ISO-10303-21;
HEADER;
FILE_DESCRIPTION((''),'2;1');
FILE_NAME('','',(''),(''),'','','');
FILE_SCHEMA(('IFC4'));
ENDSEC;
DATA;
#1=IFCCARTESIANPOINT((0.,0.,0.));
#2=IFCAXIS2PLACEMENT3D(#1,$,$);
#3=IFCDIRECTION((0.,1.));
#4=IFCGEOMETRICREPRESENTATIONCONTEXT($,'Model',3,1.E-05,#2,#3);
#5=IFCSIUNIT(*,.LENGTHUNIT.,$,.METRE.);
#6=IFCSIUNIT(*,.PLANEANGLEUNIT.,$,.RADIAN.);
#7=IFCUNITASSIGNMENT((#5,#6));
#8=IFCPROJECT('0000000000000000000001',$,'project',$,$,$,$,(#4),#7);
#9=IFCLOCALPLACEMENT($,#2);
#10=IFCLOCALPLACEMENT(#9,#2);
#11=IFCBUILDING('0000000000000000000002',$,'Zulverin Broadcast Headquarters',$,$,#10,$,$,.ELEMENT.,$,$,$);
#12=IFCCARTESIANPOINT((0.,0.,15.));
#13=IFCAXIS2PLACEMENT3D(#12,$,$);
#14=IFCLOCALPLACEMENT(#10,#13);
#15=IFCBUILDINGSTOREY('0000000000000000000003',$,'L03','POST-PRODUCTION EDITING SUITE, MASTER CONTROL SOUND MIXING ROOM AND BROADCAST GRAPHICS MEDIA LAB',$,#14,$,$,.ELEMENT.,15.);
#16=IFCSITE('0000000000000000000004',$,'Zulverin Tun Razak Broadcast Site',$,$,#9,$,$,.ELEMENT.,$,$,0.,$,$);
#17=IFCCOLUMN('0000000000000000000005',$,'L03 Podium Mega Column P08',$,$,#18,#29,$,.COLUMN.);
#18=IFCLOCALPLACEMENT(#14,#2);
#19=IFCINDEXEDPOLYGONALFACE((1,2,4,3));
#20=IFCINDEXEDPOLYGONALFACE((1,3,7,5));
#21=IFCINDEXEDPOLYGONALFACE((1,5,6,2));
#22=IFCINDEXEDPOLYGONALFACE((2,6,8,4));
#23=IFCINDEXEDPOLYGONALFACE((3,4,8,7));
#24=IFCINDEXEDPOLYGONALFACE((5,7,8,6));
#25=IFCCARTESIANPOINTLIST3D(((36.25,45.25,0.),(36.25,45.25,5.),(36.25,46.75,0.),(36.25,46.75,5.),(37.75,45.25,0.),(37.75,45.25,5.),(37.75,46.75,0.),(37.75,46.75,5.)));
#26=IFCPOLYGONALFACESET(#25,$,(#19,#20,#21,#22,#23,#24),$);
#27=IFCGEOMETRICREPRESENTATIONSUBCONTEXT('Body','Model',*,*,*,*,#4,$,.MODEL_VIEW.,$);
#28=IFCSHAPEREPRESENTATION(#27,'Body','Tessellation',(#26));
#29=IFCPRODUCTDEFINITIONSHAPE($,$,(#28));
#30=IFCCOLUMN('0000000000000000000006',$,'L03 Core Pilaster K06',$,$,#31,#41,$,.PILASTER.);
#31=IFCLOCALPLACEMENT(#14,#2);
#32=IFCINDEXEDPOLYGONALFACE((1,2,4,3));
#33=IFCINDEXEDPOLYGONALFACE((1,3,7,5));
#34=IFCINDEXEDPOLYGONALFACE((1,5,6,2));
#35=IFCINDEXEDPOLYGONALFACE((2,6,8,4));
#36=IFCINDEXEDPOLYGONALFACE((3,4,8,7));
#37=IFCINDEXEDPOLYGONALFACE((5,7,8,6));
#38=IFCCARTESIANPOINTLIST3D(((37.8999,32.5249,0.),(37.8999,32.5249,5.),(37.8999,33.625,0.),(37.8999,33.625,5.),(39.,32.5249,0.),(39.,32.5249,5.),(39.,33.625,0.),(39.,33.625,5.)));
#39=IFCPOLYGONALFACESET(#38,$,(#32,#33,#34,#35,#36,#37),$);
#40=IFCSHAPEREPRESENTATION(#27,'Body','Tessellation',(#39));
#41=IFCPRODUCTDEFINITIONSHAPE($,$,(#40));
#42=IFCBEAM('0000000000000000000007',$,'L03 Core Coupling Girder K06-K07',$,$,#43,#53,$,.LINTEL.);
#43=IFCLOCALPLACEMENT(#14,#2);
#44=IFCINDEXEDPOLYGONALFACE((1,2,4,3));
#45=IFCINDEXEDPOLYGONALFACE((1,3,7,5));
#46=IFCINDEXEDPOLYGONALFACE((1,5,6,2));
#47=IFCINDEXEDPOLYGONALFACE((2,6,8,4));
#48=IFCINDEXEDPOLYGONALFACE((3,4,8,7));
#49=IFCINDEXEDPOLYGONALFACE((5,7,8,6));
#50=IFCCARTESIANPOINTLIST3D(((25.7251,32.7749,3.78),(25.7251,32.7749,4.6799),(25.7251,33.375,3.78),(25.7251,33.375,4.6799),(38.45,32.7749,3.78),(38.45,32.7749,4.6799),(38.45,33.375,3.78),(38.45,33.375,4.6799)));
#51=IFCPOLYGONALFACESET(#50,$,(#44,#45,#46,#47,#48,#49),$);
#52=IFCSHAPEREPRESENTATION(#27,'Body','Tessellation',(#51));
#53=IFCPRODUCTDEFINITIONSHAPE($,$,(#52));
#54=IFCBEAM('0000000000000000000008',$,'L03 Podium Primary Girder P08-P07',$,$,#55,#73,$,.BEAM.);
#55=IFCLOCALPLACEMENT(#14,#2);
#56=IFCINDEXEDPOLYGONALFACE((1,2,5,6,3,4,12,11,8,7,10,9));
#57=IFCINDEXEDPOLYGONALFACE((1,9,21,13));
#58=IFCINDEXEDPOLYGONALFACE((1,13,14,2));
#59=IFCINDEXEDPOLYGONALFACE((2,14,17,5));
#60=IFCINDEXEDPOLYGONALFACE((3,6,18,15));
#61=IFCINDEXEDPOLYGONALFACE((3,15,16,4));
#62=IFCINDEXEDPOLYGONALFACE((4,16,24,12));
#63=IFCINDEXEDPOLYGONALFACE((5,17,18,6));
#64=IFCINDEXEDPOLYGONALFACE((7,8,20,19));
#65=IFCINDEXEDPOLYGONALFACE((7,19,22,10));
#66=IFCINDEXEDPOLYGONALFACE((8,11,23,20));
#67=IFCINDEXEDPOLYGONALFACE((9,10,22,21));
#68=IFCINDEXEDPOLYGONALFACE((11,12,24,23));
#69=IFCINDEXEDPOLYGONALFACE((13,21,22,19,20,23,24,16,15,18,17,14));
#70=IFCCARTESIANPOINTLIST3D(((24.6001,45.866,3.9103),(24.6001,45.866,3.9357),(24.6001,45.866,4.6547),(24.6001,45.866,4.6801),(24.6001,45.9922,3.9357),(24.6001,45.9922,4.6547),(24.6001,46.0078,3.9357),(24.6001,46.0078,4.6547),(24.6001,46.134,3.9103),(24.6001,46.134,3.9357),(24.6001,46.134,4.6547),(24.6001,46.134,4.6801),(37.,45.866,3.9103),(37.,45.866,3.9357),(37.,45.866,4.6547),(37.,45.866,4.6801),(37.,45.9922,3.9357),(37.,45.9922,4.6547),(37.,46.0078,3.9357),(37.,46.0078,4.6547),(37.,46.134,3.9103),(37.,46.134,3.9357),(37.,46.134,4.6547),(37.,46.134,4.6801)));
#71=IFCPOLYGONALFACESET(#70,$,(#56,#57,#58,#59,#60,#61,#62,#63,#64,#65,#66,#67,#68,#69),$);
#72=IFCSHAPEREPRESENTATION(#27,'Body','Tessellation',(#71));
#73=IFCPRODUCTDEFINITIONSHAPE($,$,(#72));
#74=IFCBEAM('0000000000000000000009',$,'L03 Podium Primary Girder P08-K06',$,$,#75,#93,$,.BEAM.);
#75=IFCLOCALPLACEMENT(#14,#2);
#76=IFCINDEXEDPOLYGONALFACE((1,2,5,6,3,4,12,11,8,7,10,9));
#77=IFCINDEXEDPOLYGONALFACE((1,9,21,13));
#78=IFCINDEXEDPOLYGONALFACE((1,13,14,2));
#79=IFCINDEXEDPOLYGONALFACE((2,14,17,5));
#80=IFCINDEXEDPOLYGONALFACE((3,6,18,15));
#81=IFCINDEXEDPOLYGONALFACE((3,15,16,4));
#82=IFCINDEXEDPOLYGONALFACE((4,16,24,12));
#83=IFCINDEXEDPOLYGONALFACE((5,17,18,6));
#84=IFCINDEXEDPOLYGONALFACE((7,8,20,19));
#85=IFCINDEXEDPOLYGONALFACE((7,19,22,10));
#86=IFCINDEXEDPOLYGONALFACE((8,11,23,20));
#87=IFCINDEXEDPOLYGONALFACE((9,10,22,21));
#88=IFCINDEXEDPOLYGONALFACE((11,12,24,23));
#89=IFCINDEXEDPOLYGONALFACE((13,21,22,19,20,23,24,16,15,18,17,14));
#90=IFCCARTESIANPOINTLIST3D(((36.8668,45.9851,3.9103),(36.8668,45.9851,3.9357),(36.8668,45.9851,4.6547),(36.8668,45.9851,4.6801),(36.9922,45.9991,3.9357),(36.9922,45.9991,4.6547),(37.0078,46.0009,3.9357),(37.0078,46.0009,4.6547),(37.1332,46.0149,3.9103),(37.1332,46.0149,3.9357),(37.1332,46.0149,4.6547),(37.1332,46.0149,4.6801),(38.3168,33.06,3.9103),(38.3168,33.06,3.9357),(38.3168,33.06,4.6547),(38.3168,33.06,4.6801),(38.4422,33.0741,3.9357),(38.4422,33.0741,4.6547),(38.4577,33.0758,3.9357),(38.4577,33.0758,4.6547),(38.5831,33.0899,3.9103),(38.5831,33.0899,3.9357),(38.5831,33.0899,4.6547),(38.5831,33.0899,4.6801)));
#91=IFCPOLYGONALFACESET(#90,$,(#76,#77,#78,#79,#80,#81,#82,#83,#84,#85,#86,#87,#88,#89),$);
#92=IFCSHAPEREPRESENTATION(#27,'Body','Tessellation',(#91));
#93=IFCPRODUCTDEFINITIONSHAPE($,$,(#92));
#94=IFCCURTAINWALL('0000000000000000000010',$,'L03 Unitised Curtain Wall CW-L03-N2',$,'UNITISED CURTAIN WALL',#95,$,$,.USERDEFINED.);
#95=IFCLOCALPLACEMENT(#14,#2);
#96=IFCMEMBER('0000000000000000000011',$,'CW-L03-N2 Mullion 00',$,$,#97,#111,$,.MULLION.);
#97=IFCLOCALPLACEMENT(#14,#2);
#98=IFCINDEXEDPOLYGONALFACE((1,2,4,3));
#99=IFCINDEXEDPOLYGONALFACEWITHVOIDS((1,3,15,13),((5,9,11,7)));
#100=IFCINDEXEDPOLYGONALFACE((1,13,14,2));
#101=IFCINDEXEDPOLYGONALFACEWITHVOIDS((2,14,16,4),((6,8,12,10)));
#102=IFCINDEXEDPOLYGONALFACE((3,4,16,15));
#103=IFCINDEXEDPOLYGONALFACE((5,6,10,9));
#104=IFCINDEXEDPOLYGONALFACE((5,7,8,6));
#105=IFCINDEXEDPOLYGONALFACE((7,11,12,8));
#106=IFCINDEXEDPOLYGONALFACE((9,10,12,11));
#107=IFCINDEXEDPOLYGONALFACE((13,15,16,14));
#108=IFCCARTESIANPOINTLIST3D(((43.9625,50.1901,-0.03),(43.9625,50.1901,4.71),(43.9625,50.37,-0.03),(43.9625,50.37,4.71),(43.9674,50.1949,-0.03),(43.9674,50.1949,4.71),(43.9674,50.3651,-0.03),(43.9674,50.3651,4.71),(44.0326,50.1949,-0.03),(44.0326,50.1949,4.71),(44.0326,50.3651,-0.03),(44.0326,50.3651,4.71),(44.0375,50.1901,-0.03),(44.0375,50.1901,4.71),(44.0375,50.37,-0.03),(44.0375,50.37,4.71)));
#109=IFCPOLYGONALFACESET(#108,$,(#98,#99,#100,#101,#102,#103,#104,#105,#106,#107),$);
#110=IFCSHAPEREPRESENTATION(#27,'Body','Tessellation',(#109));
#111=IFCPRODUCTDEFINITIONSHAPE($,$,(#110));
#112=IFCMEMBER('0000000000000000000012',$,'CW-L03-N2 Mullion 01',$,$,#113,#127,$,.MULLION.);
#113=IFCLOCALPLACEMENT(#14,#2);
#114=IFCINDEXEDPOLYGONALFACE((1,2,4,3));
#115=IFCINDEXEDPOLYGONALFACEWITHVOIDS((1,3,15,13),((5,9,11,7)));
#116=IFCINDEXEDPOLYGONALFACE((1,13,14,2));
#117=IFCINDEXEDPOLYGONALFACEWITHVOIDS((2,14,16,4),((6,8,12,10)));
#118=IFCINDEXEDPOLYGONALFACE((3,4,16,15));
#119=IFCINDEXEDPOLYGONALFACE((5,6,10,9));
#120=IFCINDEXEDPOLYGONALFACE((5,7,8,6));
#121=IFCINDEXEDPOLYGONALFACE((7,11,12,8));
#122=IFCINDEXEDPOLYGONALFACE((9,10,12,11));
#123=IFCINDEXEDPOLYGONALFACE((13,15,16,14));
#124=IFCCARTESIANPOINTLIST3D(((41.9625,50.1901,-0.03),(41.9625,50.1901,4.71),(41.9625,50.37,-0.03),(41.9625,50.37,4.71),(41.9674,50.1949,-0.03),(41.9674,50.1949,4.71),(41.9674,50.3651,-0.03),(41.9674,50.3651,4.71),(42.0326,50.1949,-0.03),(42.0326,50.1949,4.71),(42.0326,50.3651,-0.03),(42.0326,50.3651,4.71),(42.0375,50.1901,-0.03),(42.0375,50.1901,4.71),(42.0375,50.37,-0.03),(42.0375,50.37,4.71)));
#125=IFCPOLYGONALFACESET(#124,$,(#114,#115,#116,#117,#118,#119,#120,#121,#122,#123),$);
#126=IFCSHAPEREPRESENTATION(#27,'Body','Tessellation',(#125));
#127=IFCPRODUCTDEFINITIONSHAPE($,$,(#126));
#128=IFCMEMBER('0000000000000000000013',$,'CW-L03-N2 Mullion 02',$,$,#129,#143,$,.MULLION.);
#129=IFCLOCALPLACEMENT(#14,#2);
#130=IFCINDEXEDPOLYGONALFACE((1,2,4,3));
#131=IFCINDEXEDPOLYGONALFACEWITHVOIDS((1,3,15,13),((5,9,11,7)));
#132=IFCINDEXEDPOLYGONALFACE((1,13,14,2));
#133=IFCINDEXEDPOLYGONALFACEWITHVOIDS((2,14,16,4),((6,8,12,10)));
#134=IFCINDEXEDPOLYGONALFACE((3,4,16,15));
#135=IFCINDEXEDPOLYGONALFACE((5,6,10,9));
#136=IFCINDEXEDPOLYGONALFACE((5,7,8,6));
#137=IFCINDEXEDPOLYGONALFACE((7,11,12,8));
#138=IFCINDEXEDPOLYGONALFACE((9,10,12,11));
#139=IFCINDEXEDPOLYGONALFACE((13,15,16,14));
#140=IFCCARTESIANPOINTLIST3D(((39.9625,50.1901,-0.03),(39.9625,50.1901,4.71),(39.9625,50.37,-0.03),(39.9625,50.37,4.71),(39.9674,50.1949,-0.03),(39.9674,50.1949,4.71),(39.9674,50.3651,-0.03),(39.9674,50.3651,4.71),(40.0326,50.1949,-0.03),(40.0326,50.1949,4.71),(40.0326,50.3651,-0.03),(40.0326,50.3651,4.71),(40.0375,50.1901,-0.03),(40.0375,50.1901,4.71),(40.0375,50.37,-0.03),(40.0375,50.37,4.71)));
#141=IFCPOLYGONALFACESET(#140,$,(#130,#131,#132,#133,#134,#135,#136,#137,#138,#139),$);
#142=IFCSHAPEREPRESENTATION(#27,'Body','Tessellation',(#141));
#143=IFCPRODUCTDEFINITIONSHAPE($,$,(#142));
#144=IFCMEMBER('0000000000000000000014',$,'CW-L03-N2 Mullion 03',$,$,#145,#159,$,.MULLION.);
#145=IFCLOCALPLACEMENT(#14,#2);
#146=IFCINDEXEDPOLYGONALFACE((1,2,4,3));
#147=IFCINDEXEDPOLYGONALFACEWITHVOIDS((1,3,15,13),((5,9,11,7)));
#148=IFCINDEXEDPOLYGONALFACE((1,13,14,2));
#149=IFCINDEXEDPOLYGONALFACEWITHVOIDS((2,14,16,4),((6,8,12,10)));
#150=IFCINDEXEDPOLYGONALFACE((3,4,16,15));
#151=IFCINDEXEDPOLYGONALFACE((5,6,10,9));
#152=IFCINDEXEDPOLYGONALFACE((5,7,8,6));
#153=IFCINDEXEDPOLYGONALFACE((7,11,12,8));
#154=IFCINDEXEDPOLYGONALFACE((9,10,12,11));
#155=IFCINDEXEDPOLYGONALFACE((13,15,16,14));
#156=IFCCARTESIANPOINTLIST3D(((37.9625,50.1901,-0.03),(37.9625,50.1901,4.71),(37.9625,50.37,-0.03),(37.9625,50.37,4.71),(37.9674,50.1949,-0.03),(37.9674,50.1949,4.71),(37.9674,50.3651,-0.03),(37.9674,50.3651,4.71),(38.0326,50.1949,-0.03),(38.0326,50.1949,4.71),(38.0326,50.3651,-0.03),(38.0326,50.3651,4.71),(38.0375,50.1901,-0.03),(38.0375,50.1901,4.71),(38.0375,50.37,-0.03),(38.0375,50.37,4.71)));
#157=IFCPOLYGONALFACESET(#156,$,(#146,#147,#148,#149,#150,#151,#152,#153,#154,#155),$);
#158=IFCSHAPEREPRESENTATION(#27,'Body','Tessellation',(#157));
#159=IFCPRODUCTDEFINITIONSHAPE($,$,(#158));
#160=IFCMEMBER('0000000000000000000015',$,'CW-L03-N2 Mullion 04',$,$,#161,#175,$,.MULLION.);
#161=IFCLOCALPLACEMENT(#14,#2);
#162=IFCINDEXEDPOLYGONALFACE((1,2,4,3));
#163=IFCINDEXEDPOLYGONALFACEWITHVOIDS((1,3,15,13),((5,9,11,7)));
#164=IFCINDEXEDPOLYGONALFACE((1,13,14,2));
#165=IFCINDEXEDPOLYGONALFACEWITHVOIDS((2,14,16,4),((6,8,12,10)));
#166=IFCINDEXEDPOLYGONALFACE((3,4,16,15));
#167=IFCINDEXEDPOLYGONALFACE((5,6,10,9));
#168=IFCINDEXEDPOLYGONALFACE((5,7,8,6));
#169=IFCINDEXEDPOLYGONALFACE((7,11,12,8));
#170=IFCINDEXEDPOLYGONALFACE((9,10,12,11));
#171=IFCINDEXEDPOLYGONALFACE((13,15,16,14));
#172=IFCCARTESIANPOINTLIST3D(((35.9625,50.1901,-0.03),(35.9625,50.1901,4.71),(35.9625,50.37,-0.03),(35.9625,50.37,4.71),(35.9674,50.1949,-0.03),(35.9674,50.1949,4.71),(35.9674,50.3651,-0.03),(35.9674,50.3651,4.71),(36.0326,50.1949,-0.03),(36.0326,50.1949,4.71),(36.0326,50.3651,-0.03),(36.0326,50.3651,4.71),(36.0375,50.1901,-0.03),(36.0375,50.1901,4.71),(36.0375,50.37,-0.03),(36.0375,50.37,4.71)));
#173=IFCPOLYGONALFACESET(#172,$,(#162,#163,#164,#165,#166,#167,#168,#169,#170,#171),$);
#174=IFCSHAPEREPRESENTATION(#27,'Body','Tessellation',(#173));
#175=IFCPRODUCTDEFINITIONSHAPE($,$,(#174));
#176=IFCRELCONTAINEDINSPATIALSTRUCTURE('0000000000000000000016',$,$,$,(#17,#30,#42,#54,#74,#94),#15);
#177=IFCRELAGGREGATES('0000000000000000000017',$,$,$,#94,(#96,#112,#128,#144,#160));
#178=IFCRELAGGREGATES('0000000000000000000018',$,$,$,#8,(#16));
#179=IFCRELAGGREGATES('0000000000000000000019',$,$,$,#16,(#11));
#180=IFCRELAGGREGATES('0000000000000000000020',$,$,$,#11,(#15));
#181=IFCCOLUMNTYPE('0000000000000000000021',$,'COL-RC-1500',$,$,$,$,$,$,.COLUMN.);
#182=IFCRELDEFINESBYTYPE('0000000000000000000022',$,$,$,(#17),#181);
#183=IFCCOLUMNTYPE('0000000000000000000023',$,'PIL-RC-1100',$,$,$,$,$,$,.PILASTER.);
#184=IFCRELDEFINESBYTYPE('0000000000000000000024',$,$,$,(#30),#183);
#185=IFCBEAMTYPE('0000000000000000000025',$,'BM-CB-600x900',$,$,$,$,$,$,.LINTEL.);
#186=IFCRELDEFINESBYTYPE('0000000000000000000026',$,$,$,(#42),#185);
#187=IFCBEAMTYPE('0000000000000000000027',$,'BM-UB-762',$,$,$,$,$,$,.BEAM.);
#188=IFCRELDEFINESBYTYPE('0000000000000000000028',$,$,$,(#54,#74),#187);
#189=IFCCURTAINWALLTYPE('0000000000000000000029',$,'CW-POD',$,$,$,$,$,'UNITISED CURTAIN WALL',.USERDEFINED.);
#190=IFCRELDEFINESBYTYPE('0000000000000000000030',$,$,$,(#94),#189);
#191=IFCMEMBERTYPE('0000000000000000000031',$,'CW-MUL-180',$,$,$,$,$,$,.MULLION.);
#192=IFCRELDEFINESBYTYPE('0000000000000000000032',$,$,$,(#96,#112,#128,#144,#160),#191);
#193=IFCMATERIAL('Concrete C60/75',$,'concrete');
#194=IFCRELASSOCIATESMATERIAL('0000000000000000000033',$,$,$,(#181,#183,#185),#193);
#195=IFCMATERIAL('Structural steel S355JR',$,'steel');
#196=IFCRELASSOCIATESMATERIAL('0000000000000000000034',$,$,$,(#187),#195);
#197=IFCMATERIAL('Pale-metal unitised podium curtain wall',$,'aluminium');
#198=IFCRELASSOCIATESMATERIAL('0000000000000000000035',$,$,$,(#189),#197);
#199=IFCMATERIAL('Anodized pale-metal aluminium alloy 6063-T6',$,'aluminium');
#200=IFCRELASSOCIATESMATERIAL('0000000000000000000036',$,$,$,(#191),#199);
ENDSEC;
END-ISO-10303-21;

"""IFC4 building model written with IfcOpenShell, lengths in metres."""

from ifc_helpers import new_model, si_unit, direction, frame, origin, origin_2d, place, context, subcontext, project, spatial, rectangle, hollow_rectangle, i_section, extrude, material, material_profile, profile_set, type_object, element, aggregate, save


model = new_model("IFC4")

# Units and contexts
model_context = context("Model", 3, precision=1e-05, world=origin(), true_north=direction((0.0, 1.0)))
body_context = subcontext(model_context, "Body", "Model", "MODEL_VIEW")
ifc_project = project(units=[si_unit("LENGTHUNIT", "METRE"), si_unit("PLANEANGLEUNIT", "RADIAN")], contexts=[model_context])

# Site, building, storey
site_placement = place(None, origin())
site = spatial("IfcSite", under=ifc_project, at=site_placement, Name="Zulverin Tun Razak Broadcast Site", CompositionType="ELEMENT", RefElevation=0.0)
building_placement = place(site_placement, origin())
building = spatial("IfcBuilding", under=site, at=building_placement, Name="Zulverin Broadcast Headquarters", CompositionType="ELEMENT")
storey_placement = place(building_placement, frame((0.0, 0.0, 15.0)))
storey = spatial("IfcBuildingStorey", under=building, at=storey_placement, Name="L03", Description="POST-PRODUCTION EDITING SUITE, MASTER CONTROL SOUND MIXING ROOM AND BROADCAST GRAPHICS MEDIA LAB", CompositionType="ELEMENT", Elevation=15.0)

# Columns
ifc_material_1 = material(Name="Concrete C60/75", Category="concrete")
ifc_material_profile_1 = material_profile(ifc_material_1, rectangle(XDim=1.5, YDim=1.5, at=origin_2d()), Name="Concrete C60/75", Category="concrete")
ifc_profile_set_1 = profile_set([ifc_material_profile_1], Name="Concrete C60/75")
column_type_1 = type_object("IfcColumnType", Name="COL-RC-1500", PredefinedType="COLUMN", material=ifc_profile_set_1)
column_1_placement = place(storey_placement, frame((37.0, 46.0, 0.0), z_axis=(0.0, 0.0, 1.0), x_axis=(1.0, 0.0, 0.0)))
element("IfcColumn", 1, at=column_1_placement, inside=storey, type_object=column_type_1, Name="L03 Podium Mega Column P08", PredefinedType="COLUMN", context=body_context, shape_type="SweptSolid", body=[
    extrude(rectangle(XDim=1.5, YDim=1.5, at=origin_2d()), origin(), (0.0, 0.0, 1.0), 5.0),
])
ifc_material_profile_2 = material_profile(ifc_material_1, rectangle(XDim=1.1001, YDim=1.1001, at=origin_2d()), Name="Concrete C60/75", Category="concrete")
ifc_profile_set_2 = profile_set([ifc_material_profile_2], Name="Concrete C60/75")
column_type_2 = type_object("IfcColumnType", Name="PIL-RC-1100", PredefinedType="PILASTER", material=ifc_profile_set_2)
column_2_placement = place(storey_placement, frame((38.45, 33.075, 0.0), z_axis=(0.0, 0.0, 1.0), x_axis=(1.0, 0.0, 0.0)))
element("IfcColumn", 2, at=column_2_placement, inside=storey, type_object=column_type_2, Name="L03 Core Pilaster K06", PredefinedType="PILASTER", context=body_context, shape_type="SweptSolid", body=[
    extrude(rectangle(XDim=1.1001, YDim=1.1001, at=origin_2d()), origin(), (0.0, 0.0, 1.0), 5.0),
])

# Beams
ifc_material_profile_3 = material_profile(ifc_material_1, rectangle(XDim=0.6001, YDim=0.8999, at=origin_2d()), Name="Concrete C60/75", Category="concrete")
ifc_profile_set_3 = profile_set([ifc_material_profile_3], Name="Concrete C60/75")
beam_type_1 = type_object("IfcBeamType", Name="BM-CB-600x900", PredefinedType="LINTEL", material=ifc_profile_set_3)
beam_1_placement = place(storey_placement, frame((38.45, 33.075, 4.23), z_axis=(-1.0, 0.0, 0.0), x_axis=(0.0, -1.0, 0.0)))
element("IfcBeam", 3, at=beam_1_placement, inside=storey, type_object=beam_type_1, Name="L03 Core Coupling Girder K06-K07", PredefinedType="LINTEL", context=body_context, shape_type="SweptSolid", body=[
    extrude(rectangle(XDim=0.6001, YDim=0.8999, at=origin_2d()), origin(), (0.0, 0.0, 1.0), 12.7249),
])
ifc_material_2 = material(Name="Structural steel S355JR", Category="steel")
ifc_material_profile_4 = material_profile(ifc_material_2, i_section(OverallWidth=0.2681, OverallDepth=0.7698, WebThickness=0.0156, FlangeThickness=0.0254, at=origin_2d()), Name="Structural steel S355JR", Category="steel")
ifc_profile_set_4 = profile_set([ifc_material_profile_4], Name="Structural steel S355JR")
beam_type_2 = type_object("IfcBeamType", Name="BM-UB-762", PredefinedType="BEAM", material=ifc_profile_set_4)
beam_2_placement = place(storey_placement, frame((37.0, 46.0, 4.2952), z_axis=(-1.0, 0.0, 0.0), x_axis=(0.0, -1.0, 0.0)))
element("IfcBeam", 4, at=beam_2_placement, inside=storey, type_object=beam_type_2, Name="L03 Podium Primary Girder P08-P07", PredefinedType="BEAM", context=body_context, shape_type="SweptSolid", body=[
    extrude(i_section(OverallWidth=0.2681, OverallDepth=0.7698, WebThickness=0.0156, FlangeThickness=0.0254, at=origin_2d()), origin(), (0.0, 0.0, 1.0), 12.3999),
])
beam_3_placement = place(storey_placement, frame((37.0, 46.0, 4.2952), z_axis=(0.111482, -0.993766, 0.0), x_axis=(0.993766, 0.111482, 0.0)))
element("IfcBeam", 5, at=beam_3_placement, inside=storey, type_object=beam_type_2, Name="L03 Podium Primary Girder P08-K06", PredefinedType="BEAM", context=body_context, shape_type="SweptSolid", body=[
    extrude(i_section(OverallWidth=0.2681, OverallDepth=0.7698, WebThickness=0.0156, FlangeThickness=0.0254, at=origin_2d()), origin(), (0.0, 0.0, 1.0), 13.0061),
])

# Curtain wall, members
ifc_material_3 = material(Name="Pale-metal unitised podium curtain wall", Category="aluminium")
curtain_wall_type = type_object("IfcCurtainWallType", Name="CW-POD", ElementType="UNITISED CURTAIN WALL", PredefinedType="USERDEFINED", material=ifc_material_3)
curtain_wall_placement = place(storey_placement, origin())
curtain_wall = element("IfcCurtainWall", 6, at=curtain_wall_placement, inside=storey, type_object=curtain_wall_type, Name="L03 Unitised Curtain Wall CW-L03-N2", ObjectType="UNITISED CURTAIN WALL", PredefinedType="USERDEFINED")
ifc_material_4 = material(Name="Anodized pale-metal aluminium alloy 6063-T6", Category="aluminium")
ifc_material_profile_5 = material_profile(ifc_material_4, hollow_rectangle(XDim=0.075, YDim=0.1799, WallThickness=0.0049, at=origin_2d()), Name="Anodized pale-metal aluminium alloy 6063-T6", Category="aluminium")
ifc_profile_set_5 = profile_set([ifc_material_profile_5], Name="Anodized pale-metal aluminium alloy 6063-T6")
member_type_1 = type_object("IfcMemberType", Name="CW-MUL-180", PredefinedType="MULLION", material=ifc_profile_set_5)
member_1_placement = place(storey_placement, frame((44.0, 50.28, -0.03), z_axis=(0.0, 0.0, 1.0), x_axis=(-1.0, 0.0, 0.0)))
member_1 = element("IfcMember", 7, at=member_1_placement, type_object=member_type_1, Name="CW-L03-N2 Mullion 00", PredefinedType="MULLION", context=body_context, shape_type="SweptSolid", body=[
    extrude(hollow_rectangle(XDim=0.075, YDim=0.1799, WallThickness=0.0049, at=origin_2d()), origin(), (0.0, 0.0, 1.0), 4.74),
])
member_2_placement = place(storey_placement, frame((42.0, 50.28, -0.03), z_axis=(0.0, 0.0, 1.0), x_axis=(-1.0, 0.0, 0.0)))
member_2 = element("IfcMember", 8, at=member_2_placement, type_object=member_type_1, Name="CW-L03-N2 Mullion 01", PredefinedType="MULLION", context=body_context, shape_type="SweptSolid", body=[
    extrude(hollow_rectangle(XDim=0.075, YDim=0.1799, WallThickness=0.0049, at=origin_2d()), origin(), (0.0, 0.0, 1.0), 4.74),
])
member_3_placement = place(storey_placement, frame((40.0, 50.28, -0.03), z_axis=(0.0, 0.0, 1.0), x_axis=(-1.0, 0.0, 0.0)))
member_3 = element("IfcMember", 9, at=member_3_placement, type_object=member_type_1, Name="CW-L03-N2 Mullion 02", PredefinedType="MULLION", context=body_context, shape_type="SweptSolid", body=[
    extrude(hollow_rectangle(XDim=0.075, YDim=0.1799, WallThickness=0.0049, at=origin_2d()), origin(), (0.0, 0.0, 1.0), 4.74),
])
member_4_placement = place(storey_placement, frame((38.0, 50.28, -0.03), z_axis=(0.0, 0.0, 1.0), x_axis=(-1.0, 0.0, 0.0)))
member_4 = element("IfcMember", 10, at=member_4_placement, type_object=member_type_1, Name="CW-L03-N2 Mullion 03", PredefinedType="MULLION", context=body_context, shape_type="SweptSolid", body=[
    extrude(hollow_rectangle(XDim=0.075, YDim=0.1799, WallThickness=0.0049, at=origin_2d()), origin(), (0.0, 0.0, 1.0), 4.74),
])
member_5_placement = place(storey_placement, frame((36.0, 50.28, -0.03), z_axis=(0.0, 0.0, 1.0), x_axis=(-1.0, 0.0, 0.0)))
member_5 = element("IfcMember", 11, at=member_5_placement, type_object=member_type_1, Name="CW-L03-N2 Mullion 04", PredefinedType="MULLION", context=body_context, shape_type="SweptSolid", body=[
    extrude(hollow_rectangle(XDim=0.075, YDim=0.1799, WallThickness=0.0049, at=origin_2d()), origin(), (0.0, 0.0, 1.0), 4.74),
])
aggregate(curtain_wall, [member_1, member_2, member_3, member_4, member_5])

save(model, "model.ifc")
